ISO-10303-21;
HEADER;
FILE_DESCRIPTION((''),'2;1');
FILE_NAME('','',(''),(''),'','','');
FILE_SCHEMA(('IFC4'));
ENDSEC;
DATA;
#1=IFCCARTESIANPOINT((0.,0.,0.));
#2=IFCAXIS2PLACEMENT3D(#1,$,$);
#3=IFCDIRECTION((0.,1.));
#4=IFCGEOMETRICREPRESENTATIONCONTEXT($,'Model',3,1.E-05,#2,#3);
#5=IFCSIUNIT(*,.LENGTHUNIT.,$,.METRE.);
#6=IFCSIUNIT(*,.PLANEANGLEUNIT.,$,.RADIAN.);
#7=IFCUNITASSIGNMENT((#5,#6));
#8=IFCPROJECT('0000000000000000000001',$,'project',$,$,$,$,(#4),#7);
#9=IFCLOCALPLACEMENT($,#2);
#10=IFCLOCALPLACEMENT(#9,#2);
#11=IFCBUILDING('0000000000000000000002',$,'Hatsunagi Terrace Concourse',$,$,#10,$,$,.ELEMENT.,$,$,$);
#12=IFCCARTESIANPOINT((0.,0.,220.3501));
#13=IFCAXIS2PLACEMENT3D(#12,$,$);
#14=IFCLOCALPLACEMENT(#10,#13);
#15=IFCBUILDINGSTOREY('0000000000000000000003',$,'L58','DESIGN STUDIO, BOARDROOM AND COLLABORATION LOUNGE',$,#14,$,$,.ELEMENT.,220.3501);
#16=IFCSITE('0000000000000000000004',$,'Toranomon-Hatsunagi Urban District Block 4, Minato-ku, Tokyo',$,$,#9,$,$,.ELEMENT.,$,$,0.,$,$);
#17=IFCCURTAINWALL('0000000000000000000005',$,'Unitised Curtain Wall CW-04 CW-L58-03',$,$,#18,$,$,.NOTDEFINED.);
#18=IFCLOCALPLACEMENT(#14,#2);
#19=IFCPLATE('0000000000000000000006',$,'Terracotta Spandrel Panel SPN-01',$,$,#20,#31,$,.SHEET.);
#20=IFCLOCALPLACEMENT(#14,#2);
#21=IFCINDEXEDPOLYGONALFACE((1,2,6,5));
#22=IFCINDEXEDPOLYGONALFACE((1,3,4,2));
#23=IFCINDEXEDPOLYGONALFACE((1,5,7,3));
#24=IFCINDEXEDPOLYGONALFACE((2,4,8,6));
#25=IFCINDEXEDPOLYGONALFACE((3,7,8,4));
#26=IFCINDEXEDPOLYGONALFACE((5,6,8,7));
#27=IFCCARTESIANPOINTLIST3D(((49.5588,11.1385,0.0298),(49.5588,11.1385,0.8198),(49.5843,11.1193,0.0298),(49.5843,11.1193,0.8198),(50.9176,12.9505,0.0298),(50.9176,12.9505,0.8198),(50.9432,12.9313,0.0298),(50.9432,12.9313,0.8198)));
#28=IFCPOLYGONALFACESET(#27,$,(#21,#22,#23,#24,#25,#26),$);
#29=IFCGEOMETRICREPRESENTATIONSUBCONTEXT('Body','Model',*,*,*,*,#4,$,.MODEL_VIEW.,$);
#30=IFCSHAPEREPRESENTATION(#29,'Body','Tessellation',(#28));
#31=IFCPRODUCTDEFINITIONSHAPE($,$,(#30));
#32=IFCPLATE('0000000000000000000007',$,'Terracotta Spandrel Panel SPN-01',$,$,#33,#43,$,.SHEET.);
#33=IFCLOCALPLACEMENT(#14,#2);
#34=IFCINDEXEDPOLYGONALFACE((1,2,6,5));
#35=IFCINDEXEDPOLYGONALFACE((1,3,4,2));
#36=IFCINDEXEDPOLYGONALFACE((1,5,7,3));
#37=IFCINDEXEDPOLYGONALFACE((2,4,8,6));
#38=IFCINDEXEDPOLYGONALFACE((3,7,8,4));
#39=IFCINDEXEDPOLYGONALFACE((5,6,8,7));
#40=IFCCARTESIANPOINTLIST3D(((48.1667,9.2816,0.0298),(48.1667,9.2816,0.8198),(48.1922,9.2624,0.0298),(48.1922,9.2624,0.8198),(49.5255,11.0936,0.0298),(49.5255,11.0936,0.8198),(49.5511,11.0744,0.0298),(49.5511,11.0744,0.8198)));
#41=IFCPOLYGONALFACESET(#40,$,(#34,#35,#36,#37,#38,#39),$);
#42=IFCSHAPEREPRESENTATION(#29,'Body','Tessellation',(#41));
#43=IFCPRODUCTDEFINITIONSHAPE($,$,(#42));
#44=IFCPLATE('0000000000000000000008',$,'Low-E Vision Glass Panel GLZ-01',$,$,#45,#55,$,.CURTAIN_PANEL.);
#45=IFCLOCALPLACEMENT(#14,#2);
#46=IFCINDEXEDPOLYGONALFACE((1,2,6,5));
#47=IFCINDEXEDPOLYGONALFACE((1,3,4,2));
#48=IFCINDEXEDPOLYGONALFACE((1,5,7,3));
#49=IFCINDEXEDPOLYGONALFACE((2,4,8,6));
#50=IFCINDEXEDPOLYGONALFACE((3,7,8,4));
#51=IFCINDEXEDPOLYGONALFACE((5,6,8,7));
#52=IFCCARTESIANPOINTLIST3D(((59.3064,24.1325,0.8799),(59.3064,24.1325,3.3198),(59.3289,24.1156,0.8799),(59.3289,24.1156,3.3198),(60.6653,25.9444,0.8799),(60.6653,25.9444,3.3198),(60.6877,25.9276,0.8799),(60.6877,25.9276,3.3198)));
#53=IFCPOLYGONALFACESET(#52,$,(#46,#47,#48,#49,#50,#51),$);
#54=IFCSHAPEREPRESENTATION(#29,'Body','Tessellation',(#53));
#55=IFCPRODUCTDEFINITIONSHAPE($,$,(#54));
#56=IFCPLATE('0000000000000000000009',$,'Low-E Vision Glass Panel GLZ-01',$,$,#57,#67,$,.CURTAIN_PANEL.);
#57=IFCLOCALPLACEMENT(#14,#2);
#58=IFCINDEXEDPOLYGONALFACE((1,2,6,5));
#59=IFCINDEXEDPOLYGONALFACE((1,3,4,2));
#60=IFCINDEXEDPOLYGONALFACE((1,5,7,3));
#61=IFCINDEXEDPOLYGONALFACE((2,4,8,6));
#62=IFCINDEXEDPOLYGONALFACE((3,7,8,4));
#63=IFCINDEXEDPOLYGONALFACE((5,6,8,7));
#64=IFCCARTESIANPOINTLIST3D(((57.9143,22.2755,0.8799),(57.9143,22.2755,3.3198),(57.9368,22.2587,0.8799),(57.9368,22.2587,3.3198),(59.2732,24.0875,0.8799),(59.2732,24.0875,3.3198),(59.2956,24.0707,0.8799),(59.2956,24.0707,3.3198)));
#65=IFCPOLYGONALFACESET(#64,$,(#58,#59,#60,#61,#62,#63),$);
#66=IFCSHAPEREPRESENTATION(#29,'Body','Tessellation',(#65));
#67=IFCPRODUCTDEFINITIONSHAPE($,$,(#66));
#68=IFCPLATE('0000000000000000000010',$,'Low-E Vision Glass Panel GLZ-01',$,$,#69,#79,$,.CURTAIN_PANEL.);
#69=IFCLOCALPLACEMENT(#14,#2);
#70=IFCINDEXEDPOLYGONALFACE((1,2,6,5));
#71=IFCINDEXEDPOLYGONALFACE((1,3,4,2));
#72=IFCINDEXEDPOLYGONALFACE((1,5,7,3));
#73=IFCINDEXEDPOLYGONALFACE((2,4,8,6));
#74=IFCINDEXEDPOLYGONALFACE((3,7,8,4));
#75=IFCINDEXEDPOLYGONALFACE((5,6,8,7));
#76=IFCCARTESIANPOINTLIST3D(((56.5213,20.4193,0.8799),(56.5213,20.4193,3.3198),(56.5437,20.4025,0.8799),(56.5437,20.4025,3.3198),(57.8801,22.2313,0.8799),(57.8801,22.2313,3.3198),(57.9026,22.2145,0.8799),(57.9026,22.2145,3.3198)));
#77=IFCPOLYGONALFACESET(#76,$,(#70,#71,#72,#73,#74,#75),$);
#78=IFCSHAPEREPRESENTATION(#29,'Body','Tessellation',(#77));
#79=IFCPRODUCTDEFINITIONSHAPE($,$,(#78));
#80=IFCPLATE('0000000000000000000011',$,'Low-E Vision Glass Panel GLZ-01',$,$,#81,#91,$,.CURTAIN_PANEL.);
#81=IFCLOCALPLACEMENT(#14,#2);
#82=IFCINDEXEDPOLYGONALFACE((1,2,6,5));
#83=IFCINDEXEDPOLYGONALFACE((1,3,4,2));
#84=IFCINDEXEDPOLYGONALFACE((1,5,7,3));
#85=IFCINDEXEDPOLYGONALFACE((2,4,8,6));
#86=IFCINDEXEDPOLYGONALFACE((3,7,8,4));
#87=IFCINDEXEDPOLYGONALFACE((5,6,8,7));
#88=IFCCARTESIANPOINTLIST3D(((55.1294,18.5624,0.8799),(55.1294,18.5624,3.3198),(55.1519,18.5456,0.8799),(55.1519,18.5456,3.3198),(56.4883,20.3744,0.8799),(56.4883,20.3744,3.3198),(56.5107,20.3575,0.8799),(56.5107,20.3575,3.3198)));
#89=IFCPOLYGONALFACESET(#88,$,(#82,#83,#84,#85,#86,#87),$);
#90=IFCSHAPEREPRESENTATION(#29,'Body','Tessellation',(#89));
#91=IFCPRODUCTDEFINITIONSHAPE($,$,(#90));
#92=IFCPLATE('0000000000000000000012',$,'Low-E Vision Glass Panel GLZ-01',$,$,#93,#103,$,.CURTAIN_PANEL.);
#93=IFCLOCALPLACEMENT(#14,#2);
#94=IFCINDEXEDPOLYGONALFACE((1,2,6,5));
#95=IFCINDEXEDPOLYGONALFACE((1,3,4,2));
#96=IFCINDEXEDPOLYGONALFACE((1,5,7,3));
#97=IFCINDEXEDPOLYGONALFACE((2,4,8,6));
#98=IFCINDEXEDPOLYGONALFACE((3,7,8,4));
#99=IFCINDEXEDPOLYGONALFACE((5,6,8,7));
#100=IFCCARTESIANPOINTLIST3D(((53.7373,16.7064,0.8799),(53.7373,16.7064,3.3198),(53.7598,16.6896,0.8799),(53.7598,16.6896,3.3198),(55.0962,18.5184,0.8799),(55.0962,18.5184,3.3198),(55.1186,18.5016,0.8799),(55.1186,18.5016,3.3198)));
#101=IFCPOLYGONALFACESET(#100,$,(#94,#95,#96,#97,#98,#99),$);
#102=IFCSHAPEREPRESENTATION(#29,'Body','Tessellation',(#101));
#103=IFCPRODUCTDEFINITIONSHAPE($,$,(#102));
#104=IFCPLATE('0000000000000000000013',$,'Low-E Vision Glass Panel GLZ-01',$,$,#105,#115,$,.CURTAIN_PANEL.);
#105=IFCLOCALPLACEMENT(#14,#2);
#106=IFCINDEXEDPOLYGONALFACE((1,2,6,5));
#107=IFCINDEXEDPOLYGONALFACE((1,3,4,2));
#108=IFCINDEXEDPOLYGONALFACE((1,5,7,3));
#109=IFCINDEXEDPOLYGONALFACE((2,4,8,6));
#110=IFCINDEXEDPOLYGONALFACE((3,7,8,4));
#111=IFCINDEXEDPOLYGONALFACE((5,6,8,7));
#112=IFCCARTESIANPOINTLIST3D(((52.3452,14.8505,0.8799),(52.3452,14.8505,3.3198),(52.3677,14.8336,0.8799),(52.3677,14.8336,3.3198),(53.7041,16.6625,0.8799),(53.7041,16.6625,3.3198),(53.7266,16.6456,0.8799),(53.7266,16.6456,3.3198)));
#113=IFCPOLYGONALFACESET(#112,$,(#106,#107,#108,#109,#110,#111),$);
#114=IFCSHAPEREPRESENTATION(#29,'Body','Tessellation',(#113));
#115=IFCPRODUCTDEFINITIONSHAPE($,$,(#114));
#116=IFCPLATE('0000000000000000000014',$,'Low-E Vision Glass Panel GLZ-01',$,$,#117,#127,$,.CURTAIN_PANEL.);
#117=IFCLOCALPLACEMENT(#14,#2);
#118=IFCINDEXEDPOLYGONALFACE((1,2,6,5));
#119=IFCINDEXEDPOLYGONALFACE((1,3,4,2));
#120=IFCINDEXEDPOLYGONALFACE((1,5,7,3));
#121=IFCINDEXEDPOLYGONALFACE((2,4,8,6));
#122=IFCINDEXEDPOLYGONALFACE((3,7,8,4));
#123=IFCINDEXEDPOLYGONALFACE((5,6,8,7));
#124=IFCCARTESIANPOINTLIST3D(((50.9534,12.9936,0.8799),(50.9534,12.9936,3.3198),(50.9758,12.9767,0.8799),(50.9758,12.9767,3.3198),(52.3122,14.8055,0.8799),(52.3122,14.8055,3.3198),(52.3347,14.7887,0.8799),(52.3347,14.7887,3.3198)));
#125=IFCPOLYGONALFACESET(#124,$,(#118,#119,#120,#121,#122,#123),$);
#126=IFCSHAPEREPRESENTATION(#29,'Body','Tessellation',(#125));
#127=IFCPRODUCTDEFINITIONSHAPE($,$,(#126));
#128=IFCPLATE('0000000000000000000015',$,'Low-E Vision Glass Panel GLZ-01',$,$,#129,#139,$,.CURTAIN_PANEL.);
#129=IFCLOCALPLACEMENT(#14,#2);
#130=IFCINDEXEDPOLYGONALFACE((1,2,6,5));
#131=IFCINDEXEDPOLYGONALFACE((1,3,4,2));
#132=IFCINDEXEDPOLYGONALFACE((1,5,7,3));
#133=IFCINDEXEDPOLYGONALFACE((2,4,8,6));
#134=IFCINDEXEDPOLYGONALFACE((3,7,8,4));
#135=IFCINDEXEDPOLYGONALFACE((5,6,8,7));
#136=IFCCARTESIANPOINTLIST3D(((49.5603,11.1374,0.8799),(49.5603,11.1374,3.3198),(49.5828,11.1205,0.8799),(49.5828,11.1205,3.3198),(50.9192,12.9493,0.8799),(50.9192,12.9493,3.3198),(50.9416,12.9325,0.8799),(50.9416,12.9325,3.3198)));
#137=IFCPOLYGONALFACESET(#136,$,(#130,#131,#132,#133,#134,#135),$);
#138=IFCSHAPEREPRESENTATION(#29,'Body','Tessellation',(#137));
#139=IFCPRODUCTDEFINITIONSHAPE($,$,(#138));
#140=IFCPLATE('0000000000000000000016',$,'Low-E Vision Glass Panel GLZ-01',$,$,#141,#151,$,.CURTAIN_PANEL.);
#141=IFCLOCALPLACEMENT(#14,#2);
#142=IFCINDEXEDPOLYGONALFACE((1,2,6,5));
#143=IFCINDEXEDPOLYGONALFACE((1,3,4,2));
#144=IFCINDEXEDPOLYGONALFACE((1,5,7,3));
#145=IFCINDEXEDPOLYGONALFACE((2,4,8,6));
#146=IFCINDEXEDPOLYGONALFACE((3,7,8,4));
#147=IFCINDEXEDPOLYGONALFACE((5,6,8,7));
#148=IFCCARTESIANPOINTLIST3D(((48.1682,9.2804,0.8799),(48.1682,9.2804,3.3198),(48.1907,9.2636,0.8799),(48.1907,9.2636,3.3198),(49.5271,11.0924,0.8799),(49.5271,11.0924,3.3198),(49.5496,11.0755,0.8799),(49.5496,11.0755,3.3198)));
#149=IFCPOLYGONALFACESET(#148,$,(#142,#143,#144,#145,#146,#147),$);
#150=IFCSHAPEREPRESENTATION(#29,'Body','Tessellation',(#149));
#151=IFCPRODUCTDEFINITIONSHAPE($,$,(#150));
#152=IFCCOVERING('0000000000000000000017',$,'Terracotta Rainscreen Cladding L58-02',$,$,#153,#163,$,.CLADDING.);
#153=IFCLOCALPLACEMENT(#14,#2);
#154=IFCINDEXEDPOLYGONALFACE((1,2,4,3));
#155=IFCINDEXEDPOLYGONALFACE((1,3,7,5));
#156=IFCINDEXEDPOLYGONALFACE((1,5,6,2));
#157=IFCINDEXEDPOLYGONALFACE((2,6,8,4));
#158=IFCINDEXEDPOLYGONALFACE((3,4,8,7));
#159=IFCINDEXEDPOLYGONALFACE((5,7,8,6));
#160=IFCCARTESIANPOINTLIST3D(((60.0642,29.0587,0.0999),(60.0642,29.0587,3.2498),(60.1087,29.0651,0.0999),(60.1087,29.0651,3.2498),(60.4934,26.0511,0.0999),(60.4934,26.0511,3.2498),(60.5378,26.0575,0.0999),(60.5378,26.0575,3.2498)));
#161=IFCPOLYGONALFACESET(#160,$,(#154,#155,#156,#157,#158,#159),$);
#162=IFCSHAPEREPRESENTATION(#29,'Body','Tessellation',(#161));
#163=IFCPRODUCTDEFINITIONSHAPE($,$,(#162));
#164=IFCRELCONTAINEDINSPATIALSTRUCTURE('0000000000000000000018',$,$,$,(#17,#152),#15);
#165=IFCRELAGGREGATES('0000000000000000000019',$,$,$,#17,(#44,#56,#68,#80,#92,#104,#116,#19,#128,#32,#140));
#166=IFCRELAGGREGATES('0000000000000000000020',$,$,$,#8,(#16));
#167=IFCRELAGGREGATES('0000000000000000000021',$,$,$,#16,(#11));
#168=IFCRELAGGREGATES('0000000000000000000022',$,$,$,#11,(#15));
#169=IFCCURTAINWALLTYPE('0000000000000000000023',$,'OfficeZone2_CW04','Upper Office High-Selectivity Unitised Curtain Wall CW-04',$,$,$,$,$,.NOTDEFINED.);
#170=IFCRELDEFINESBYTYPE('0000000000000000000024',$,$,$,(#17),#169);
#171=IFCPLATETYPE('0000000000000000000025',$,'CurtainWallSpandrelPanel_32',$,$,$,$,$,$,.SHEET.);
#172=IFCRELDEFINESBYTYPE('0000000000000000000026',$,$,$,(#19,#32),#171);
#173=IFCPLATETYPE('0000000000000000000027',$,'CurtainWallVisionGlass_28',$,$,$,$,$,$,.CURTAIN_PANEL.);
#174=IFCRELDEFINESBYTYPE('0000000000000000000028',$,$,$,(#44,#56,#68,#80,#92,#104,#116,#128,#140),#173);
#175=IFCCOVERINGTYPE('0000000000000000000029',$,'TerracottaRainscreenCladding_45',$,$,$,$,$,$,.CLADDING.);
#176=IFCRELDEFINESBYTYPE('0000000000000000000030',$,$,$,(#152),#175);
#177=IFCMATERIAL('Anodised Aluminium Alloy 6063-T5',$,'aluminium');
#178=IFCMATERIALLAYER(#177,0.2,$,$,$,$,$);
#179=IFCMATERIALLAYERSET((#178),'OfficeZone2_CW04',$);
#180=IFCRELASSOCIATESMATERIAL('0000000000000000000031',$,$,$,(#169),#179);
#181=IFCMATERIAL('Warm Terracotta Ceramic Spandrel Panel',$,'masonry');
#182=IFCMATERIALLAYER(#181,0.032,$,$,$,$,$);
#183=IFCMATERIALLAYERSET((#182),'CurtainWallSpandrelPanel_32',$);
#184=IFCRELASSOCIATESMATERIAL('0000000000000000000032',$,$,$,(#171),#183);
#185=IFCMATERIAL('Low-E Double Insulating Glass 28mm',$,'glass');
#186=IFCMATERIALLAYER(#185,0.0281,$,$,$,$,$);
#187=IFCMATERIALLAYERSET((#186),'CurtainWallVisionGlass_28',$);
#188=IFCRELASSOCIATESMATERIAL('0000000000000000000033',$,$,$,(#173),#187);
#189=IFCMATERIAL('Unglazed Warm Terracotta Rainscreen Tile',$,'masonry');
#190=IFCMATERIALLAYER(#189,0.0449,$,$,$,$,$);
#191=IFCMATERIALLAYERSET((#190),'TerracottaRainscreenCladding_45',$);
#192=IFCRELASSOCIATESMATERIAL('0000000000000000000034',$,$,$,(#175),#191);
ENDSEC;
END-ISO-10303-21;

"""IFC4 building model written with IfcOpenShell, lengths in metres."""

from ifc_helpers import new_model, si_unit, direction, frame, origin, origin_2d, place, context, subcontext, project, spatial, rectangle, extrude, material, layer, layer_set, type_object, element, aggregate, save


model = new_model("IFC4")

# Units and contexts
model_context = context("Model", 3, precision=1e-05, world=origin(), true_north=direction((0.0, 1.0)))
body_context = subcontext(model_context, "Body", "Model", "MODEL_VIEW")
ifc_project = project(units=[si_unit("LENGTHUNIT", "METRE"), si_unit("PLANEANGLEUNIT", "RADIAN")], contexts=[model_context])

# Site, building, storey
site_placement = place(None, origin())
site = spatial("IfcSite", under=ifc_project, at=site_placement, Name="Toranomon-Hatsunagi Urban District Block 4, Minato-ku, Tokyo", CompositionType="ELEMENT", RefElevation=0.0)
building_placement = place(site_placement, origin())
building = spatial("IfcBuilding", under=site, at=building_placement, Name="Hatsunagi Terrace Concourse", CompositionType="ELEMENT")
storey_placement = place(building_placement, frame((0.0, 0.0, 220.3501)))
storey = spatial("IfcBuildingStorey", under=building, at=storey_placement, Name="L58", Description="DESIGN STUDIO, BOARDROOM AND COLLABORATION LOUNGE", CompositionType="ELEMENT", Elevation=220.3501)

# Curtain wall
ifc_material_1 = material(Name="Anodised Aluminium Alloy 6063-T5", Category="aluminium")
ifc_layer_1 = layer(ifc_material_1, 0.2)
ifc_layer_set_1 = layer_set([ifc_layer_1], Name="OfficeZone2_CW04")
curtain_wall_type = type_object("IfcCurtainWallType", Name="OfficeZone2_CW04", Description="Upper Office High-Selectivity Unitised Curtain Wall CW-04", PredefinedType="NOTDEFINED", material=ifc_layer_set_1)
curtain_wall_placement = place(storey_placement, origin())
curtain_wall = element("IfcCurtainWall", 1, at=curtain_wall_placement, inside=storey, type_object=curtain_wall_type, Name="Unitised Curtain Wall CW-04 CW-L58-03", PredefinedType="NOTDEFINED")

# Plates
ifc_material_2 = material(Name="Warm Terracotta Ceramic Spandrel Panel", Category="masonry")
ifc_layer_2 = layer(ifc_material_2, 0.032)
ifc_layer_set_2 = layer_set([ifc_layer_2], Name="CurtainWallSpandrelPanel_32")
plate_type_1 = type_object("IfcPlateType", Name="CurtainWallSpandrelPanel_32", PredefinedType="SHEET", material=ifc_layer_set_2)
plate_1_placement = place(storey_placement, frame((50.251, 12.0349, 0.0298), z_axis=(0.0, 0.0, 1.0), x_axis=(-0.599969, -0.800023, 0.0)))
plate_1 = element("IfcPlate", 2, at=plate_1_placement, type_object=plate_type_1, Name="Terracotta Spandrel Panel SPN-01", PredefinedType="SHEET", context=body_context, shape_type="SweptSolid", body=[
    extrude(rectangle(XDim=2.2649, YDim=0.032, at=origin_2d()), origin(), (0.0, 0.0, 1.0), 0.79),
])
plate_2_placement = place(storey_placement, frame((48.8589, 10.178, 0.0298), z_axis=(0.0, 0.0, 1.0), x_axis=(-0.599969, -0.800023, 0.0)))
plate_2 = element("IfcPlate", 3, at=plate_2_placement, type_object=plate_type_1, Name="Terracotta Spandrel Panel SPN-01", PredefinedType="SHEET", context=body_context, shape_type="SweptSolid", body=[
    extrude(rectangle(XDim=2.2649, YDim=0.032, at=origin_2d()), origin(), (0.0, 0.0, 1.0), 0.79),
])
ifc_material_3 = material(Name="Low-E Double Insulating Glass 28mm", Category="glass")
ifc_layer_3 = layer(ifc_material_3, 0.0281)
ifc_layer_set_3 = layer_set([ifc_layer_3], Name="CurtainWallVisionGlass_28")
plate_type_2 = type_object("IfcPlateType", Name="CurtainWallVisionGlass_28", PredefinedType="CURTAIN_PANEL", material=ifc_layer_set_3)
plate_3_placement = place(storey_placement, frame((59.9971, 25.03, 0.8799), z_axis=(0.0, 0.0, 1.0), x_axis=(-0.599969, -0.800023, 0.0)))
plate_3 = element("IfcPlate", 4, at=plate_3_placement, type_object=plate_type_2, Name="Low-E Vision Glass Panel GLZ-01", PredefinedType="CURTAIN_PANEL", context=body_context, shape_type="SweptSolid", body=[
    extrude(rectangle(XDim=2.2649, YDim=0.0281, at=origin_2d()), origin(), (0.0, 0.0, 1.0), 2.4399),
])
plate_4_placement = place(storey_placement, frame((58.605, 23.1731, 0.8799), z_axis=(0.0, 0.0, 1.0), x_axis=(-0.599969, -0.800023, 0.0)))
plate_4 = element("IfcPlate", 5, at=plate_4_placement, type_object=plate_type_2, Name="Low-E Vision Glass Panel GLZ-01", PredefinedType="CURTAIN_PANEL", context=body_context, shape_type="SweptSolid", body=[
    extrude(rectangle(XDim=2.2649, YDim=0.0281, at=origin_2d()), origin(), (0.0, 0.0, 1.0), 2.4399),
])
plate_5_placement = place(storey_placement, frame((57.2119, 21.3169, 0.8799), z_axis=(0.0, 0.0, 1.0), x_axis=(-0.599969, -0.800023, 0.0)))
plate_5 = element("IfcPlate", 6, at=plate_5_placement, type_object=plate_type_2, Name="Low-E Vision Glass Panel GLZ-01", PredefinedType="CURTAIN_PANEL", context=body_context, shape_type="SweptSolid", body=[
    extrude(rectangle(XDim=2.2649, YDim=0.0281, at=origin_2d()), origin(), (0.0, 0.0, 1.0), 2.4399),
])
plate_6_placement = place(storey_placement, frame((55.8201, 19.46, 0.8799), z_axis=(0.0, 0.0, 1.0), x_axis=(-0.599969, -0.800023, 0.0)))
plate_6 = element("IfcPlate", 7, at=plate_6_placement, type_object=plate_type_2, Name="Low-E Vision Glass Panel GLZ-01", PredefinedType="CURTAIN_PANEL", context=body_context, shape_type="SweptSolid", body=[
    extrude(rectangle(XDim=2.2649, YDim=0.0281, at=origin_2d()), origin(), (0.0, 0.0, 1.0), 2.4399),
])
plate_7_placement = place(storey_placement, frame((54.428, 17.604, 0.8799), z_axis=(0.0, 0.0, 1.0), x_axis=(-0.599969, -0.800023, 0.0)))
plate_7 = element("IfcPlate", 8, at=plate_7_placement, type_object=plate_type_2, Name="Low-E Vision Glass Panel GLZ-01", PredefinedType="CURTAIN_PANEL", context=body_context, shape_type="SweptSolid", body=[
    extrude(rectangle(XDim=2.2649, YDim=0.0281, at=origin_2d()), origin(), (0.0, 0.0, 1.0), 2.4399),
])
plate_8_placement = place(storey_placement, frame((53.0359, 15.748, 0.8799), z_axis=(0.0, 0.0, 1.0), x_axis=(-0.599969, -0.800023, 0.0)))
plate_8 = element("IfcPlate", 9, at=plate_8_placement, type_object=plate_type_2, Name="Low-E Vision Glass Panel GLZ-01", PredefinedType="CURTAIN_PANEL", context=body_context, shape_type="SweptSolid", body=[
    extrude(rectangle(XDim=2.2649, YDim=0.0281, at=origin_2d()), origin(), (0.0, 0.0, 1.0), 2.4399),
])
plate_9_placement = place(storey_placement, frame((51.644, 13.8911, 0.8799), z_axis=(0.0, 0.0, 1.0), x_axis=(-0.599969, -0.800023, 0.0)))
plate_9 = element("IfcPlate", 10, at=plate_9_placement, type_object=plate_type_2, Name="Low-E Vision Glass Panel GLZ-01", PredefinedType="CURTAIN_PANEL", context=body_context, shape_type="SweptSolid", body=[
    extrude(rectangle(XDim=2.2649, YDim=0.0281, at=origin_2d()), origin(), (0.0, 0.0, 1.0), 2.4399),
])
plate_10_placement = place(storey_placement, frame((50.251, 12.0349, 0.8799), z_axis=(0.0, 0.0, 1.0), x_axis=(-0.599969, -0.800023, 0.0)))
plate_10 = element("IfcPlate", 11, at=plate_10_placement, type_object=plate_type_2, Name="Low-E Vision Glass Panel GLZ-01", PredefinedType="CURTAIN_PANEL", context=body_context, shape_type="SweptSolid", body=[
    extrude(rectangle(XDim=2.2649, YDim=0.0281, at=origin_2d()), origin(), (0.0, 0.0, 1.0), 2.4399),
])
plate_11_placement = place(storey_placement, frame((48.8589, 10.178, 0.8799), z_axis=(0.0, 0.0, 1.0), x_axis=(-0.599969, -0.800023, 0.0)))
plate_11 = element("IfcPlate", 12, at=plate_11_placement, type_object=plate_type_2, Name="Low-E Vision Glass Panel GLZ-01", PredefinedType="CURTAIN_PANEL", context=body_context, shape_type="SweptSolid", body=[
    extrude(rectangle(XDim=2.2649, YDim=0.0281, at=origin_2d()), origin(), (0.0, 0.0, 1.0), 2.4399),
])
aggregate(curtain_wall, [plate_3, plate_4, plate_5, plate_6, plate_7, plate_8, plate_9, plate_1, plate_10, plate_2, plate_11])

# Covering
ifc_material_4 = material(Name="Unglazed Warm Terracotta Rainscreen Tile", Category="masonry")
ifc_layer_4 = layer(ifc_material_4, 0.0449)
ifc_layer_set_4 = layer_set([ifc_layer_4], Name="TerracottaRainscreenCladding_45")
covering_type = type_object("IfcCoveringType", Name="TerracottaRainscreenCladding_45", PredefinedType="CLADDING", material=ifc_layer_set_4)
covering_placement = place(storey_placement, frame((60.301, 27.5581, 0.0999), z_axis=(0.0, 0.0, 1.0), x_axis=(0.14125, -0.989974, 0.0)))
element("IfcCovering", 13, at=covering_placement, inside=storey, type_object=covering_type, Name="Terracotta Rainscreen Cladding L58-02", PredefinedType="CLADDING", context=body_context, shape_type="SweptSolid", body=[
    extrude(rectangle(XDim=3.0381, YDim=0.0449, at=origin_2d()), origin(), (0.0, 0.0, 1.0), 3.1499),
])

save(model, "model.ifc")
